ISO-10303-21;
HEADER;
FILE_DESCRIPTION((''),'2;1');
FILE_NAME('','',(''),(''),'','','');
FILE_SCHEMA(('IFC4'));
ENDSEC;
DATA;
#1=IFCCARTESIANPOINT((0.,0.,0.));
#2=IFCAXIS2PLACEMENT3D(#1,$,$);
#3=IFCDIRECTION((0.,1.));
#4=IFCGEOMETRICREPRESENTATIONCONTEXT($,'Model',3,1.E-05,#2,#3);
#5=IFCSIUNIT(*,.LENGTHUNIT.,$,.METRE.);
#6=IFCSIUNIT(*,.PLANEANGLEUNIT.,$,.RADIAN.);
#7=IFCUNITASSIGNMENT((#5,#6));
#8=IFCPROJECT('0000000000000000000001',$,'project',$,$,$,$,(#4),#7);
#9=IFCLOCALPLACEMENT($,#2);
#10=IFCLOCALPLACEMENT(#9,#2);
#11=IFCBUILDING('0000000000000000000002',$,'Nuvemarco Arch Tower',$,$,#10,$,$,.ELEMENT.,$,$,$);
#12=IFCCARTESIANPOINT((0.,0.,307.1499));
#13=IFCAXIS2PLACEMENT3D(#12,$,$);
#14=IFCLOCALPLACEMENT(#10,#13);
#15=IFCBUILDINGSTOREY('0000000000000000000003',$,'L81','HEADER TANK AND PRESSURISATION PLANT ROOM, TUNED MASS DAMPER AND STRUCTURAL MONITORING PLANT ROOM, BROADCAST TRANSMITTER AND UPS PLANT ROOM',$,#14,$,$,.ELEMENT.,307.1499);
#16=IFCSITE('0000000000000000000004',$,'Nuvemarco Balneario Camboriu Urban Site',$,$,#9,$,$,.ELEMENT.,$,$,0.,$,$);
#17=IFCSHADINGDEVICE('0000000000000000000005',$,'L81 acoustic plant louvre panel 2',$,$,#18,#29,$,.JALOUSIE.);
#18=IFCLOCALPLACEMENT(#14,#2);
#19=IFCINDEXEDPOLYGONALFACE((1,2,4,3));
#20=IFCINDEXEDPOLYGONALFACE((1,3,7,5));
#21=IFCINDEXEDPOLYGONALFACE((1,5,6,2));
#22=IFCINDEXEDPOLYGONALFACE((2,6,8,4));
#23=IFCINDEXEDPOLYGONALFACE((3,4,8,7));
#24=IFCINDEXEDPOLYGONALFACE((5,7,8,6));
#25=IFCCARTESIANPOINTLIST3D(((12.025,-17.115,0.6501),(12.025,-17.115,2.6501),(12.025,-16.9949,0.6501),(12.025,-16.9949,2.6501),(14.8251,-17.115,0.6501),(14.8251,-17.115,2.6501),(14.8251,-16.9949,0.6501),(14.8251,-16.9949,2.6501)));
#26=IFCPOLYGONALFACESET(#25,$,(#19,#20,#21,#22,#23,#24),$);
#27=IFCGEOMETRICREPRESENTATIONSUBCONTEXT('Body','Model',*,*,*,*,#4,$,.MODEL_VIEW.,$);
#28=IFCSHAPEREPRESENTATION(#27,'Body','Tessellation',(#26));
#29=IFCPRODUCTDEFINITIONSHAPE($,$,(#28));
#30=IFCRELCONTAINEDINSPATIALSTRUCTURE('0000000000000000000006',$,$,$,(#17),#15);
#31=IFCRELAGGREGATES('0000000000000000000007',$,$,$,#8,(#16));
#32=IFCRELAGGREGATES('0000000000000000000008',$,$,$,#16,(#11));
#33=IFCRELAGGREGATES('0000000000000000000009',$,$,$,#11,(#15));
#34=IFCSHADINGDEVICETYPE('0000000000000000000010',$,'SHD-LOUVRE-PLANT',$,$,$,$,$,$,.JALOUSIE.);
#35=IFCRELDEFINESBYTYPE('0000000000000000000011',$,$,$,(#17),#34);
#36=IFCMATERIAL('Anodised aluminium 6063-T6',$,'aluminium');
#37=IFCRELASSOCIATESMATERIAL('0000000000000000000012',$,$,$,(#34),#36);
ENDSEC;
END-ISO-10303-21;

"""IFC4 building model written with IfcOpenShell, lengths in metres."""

from ifc_helpers import new_model, si_unit, direction, frame, origin, origin_2d, place, context, subcontext, project, spatial, rectangle, extrude, source, transform, mapped, material, type_object, type_shapes, element, save


model = new_model("IFC4")

# Units and contexts
model_context = context("Model", 3, precision=1e-05, world=origin(), true_north=direction((0.0, 1.0)))
body_context = subcontext(model_context, "Body", "Model", "MODEL_VIEW")
ifc_project = project(units=[si_unit("LENGTHUNIT", "METRE"), si_unit("PLANEANGLEUNIT", "RADIAN")], contexts=[model_context])

# Site, building, storey
site_placement = place(None, origin())
site = spatial("IfcSite", under=ifc_project, at=site_placement, Name="Nuvemarco Balneario Camboriu Urban Site", CompositionType="ELEMENT", RefElevation=0.0)
building_placement = place(site_placement, origin())
building = spatial("IfcBuilding", under=site, at=building_placement, Name="Nuvemarco Arch Tower", CompositionType="ELEMENT")
storey_placement = place(building_placement, frame((0.0, 0.0, 307.1499)))
storey = spatial("IfcBuildingStorey", under=building, at=storey_placement, Name="L81", Description="HEADER TANK AND PRESSURISATION PLANT ROOM, TUNED MASS DAMPER AND STRUCTURAL MONITORING PLANT ROOM, BROADCAST TRANSMITTER AND UPS PLANT ROOM", CompositionType="ELEMENT", Elevation=307.1499)

# Shading device
ifc_material_1 = material(Name="Anodised aluminium 6063-T6", Category="aluminium")
shading_device_type = type_object("IfcShadingDeviceType", Name="SHD-LOUVRE-PLANT", PredefinedType="JALOUSIE", material=ifc_material_1)
shared_shape_1 = source(origin(), body_context, "Body", "SweptSolid", [
    extrude(rectangle(XDim=2.8, YDim=0.1201, at=origin_2d()), origin(), (0.0, 0.0, 1.0), 2.0),
])
type_shapes(shading_device_type, [shared_shape_1])
shading_device_placement = place(storey_placement, frame((13.425, -17.0549, 0.6501), z_axis=(0.0, 0.0, 1.0), x_axis=(1.0, 0.0, 0.0)))
element("IfcShadingDevice", 1, at=shading_device_placement, inside=storey, type_object=shading_device_type, Name="L81 acoustic plant louvre panel 2", PredefinedType="JALOUSIE", context=body_context, shape_type="MappedRepresentation", body=[
    mapped(shared_shape_1, transform((0.0, 0.0, 0.0), scale=1.0)),
])

save(model, "model.ifc")
